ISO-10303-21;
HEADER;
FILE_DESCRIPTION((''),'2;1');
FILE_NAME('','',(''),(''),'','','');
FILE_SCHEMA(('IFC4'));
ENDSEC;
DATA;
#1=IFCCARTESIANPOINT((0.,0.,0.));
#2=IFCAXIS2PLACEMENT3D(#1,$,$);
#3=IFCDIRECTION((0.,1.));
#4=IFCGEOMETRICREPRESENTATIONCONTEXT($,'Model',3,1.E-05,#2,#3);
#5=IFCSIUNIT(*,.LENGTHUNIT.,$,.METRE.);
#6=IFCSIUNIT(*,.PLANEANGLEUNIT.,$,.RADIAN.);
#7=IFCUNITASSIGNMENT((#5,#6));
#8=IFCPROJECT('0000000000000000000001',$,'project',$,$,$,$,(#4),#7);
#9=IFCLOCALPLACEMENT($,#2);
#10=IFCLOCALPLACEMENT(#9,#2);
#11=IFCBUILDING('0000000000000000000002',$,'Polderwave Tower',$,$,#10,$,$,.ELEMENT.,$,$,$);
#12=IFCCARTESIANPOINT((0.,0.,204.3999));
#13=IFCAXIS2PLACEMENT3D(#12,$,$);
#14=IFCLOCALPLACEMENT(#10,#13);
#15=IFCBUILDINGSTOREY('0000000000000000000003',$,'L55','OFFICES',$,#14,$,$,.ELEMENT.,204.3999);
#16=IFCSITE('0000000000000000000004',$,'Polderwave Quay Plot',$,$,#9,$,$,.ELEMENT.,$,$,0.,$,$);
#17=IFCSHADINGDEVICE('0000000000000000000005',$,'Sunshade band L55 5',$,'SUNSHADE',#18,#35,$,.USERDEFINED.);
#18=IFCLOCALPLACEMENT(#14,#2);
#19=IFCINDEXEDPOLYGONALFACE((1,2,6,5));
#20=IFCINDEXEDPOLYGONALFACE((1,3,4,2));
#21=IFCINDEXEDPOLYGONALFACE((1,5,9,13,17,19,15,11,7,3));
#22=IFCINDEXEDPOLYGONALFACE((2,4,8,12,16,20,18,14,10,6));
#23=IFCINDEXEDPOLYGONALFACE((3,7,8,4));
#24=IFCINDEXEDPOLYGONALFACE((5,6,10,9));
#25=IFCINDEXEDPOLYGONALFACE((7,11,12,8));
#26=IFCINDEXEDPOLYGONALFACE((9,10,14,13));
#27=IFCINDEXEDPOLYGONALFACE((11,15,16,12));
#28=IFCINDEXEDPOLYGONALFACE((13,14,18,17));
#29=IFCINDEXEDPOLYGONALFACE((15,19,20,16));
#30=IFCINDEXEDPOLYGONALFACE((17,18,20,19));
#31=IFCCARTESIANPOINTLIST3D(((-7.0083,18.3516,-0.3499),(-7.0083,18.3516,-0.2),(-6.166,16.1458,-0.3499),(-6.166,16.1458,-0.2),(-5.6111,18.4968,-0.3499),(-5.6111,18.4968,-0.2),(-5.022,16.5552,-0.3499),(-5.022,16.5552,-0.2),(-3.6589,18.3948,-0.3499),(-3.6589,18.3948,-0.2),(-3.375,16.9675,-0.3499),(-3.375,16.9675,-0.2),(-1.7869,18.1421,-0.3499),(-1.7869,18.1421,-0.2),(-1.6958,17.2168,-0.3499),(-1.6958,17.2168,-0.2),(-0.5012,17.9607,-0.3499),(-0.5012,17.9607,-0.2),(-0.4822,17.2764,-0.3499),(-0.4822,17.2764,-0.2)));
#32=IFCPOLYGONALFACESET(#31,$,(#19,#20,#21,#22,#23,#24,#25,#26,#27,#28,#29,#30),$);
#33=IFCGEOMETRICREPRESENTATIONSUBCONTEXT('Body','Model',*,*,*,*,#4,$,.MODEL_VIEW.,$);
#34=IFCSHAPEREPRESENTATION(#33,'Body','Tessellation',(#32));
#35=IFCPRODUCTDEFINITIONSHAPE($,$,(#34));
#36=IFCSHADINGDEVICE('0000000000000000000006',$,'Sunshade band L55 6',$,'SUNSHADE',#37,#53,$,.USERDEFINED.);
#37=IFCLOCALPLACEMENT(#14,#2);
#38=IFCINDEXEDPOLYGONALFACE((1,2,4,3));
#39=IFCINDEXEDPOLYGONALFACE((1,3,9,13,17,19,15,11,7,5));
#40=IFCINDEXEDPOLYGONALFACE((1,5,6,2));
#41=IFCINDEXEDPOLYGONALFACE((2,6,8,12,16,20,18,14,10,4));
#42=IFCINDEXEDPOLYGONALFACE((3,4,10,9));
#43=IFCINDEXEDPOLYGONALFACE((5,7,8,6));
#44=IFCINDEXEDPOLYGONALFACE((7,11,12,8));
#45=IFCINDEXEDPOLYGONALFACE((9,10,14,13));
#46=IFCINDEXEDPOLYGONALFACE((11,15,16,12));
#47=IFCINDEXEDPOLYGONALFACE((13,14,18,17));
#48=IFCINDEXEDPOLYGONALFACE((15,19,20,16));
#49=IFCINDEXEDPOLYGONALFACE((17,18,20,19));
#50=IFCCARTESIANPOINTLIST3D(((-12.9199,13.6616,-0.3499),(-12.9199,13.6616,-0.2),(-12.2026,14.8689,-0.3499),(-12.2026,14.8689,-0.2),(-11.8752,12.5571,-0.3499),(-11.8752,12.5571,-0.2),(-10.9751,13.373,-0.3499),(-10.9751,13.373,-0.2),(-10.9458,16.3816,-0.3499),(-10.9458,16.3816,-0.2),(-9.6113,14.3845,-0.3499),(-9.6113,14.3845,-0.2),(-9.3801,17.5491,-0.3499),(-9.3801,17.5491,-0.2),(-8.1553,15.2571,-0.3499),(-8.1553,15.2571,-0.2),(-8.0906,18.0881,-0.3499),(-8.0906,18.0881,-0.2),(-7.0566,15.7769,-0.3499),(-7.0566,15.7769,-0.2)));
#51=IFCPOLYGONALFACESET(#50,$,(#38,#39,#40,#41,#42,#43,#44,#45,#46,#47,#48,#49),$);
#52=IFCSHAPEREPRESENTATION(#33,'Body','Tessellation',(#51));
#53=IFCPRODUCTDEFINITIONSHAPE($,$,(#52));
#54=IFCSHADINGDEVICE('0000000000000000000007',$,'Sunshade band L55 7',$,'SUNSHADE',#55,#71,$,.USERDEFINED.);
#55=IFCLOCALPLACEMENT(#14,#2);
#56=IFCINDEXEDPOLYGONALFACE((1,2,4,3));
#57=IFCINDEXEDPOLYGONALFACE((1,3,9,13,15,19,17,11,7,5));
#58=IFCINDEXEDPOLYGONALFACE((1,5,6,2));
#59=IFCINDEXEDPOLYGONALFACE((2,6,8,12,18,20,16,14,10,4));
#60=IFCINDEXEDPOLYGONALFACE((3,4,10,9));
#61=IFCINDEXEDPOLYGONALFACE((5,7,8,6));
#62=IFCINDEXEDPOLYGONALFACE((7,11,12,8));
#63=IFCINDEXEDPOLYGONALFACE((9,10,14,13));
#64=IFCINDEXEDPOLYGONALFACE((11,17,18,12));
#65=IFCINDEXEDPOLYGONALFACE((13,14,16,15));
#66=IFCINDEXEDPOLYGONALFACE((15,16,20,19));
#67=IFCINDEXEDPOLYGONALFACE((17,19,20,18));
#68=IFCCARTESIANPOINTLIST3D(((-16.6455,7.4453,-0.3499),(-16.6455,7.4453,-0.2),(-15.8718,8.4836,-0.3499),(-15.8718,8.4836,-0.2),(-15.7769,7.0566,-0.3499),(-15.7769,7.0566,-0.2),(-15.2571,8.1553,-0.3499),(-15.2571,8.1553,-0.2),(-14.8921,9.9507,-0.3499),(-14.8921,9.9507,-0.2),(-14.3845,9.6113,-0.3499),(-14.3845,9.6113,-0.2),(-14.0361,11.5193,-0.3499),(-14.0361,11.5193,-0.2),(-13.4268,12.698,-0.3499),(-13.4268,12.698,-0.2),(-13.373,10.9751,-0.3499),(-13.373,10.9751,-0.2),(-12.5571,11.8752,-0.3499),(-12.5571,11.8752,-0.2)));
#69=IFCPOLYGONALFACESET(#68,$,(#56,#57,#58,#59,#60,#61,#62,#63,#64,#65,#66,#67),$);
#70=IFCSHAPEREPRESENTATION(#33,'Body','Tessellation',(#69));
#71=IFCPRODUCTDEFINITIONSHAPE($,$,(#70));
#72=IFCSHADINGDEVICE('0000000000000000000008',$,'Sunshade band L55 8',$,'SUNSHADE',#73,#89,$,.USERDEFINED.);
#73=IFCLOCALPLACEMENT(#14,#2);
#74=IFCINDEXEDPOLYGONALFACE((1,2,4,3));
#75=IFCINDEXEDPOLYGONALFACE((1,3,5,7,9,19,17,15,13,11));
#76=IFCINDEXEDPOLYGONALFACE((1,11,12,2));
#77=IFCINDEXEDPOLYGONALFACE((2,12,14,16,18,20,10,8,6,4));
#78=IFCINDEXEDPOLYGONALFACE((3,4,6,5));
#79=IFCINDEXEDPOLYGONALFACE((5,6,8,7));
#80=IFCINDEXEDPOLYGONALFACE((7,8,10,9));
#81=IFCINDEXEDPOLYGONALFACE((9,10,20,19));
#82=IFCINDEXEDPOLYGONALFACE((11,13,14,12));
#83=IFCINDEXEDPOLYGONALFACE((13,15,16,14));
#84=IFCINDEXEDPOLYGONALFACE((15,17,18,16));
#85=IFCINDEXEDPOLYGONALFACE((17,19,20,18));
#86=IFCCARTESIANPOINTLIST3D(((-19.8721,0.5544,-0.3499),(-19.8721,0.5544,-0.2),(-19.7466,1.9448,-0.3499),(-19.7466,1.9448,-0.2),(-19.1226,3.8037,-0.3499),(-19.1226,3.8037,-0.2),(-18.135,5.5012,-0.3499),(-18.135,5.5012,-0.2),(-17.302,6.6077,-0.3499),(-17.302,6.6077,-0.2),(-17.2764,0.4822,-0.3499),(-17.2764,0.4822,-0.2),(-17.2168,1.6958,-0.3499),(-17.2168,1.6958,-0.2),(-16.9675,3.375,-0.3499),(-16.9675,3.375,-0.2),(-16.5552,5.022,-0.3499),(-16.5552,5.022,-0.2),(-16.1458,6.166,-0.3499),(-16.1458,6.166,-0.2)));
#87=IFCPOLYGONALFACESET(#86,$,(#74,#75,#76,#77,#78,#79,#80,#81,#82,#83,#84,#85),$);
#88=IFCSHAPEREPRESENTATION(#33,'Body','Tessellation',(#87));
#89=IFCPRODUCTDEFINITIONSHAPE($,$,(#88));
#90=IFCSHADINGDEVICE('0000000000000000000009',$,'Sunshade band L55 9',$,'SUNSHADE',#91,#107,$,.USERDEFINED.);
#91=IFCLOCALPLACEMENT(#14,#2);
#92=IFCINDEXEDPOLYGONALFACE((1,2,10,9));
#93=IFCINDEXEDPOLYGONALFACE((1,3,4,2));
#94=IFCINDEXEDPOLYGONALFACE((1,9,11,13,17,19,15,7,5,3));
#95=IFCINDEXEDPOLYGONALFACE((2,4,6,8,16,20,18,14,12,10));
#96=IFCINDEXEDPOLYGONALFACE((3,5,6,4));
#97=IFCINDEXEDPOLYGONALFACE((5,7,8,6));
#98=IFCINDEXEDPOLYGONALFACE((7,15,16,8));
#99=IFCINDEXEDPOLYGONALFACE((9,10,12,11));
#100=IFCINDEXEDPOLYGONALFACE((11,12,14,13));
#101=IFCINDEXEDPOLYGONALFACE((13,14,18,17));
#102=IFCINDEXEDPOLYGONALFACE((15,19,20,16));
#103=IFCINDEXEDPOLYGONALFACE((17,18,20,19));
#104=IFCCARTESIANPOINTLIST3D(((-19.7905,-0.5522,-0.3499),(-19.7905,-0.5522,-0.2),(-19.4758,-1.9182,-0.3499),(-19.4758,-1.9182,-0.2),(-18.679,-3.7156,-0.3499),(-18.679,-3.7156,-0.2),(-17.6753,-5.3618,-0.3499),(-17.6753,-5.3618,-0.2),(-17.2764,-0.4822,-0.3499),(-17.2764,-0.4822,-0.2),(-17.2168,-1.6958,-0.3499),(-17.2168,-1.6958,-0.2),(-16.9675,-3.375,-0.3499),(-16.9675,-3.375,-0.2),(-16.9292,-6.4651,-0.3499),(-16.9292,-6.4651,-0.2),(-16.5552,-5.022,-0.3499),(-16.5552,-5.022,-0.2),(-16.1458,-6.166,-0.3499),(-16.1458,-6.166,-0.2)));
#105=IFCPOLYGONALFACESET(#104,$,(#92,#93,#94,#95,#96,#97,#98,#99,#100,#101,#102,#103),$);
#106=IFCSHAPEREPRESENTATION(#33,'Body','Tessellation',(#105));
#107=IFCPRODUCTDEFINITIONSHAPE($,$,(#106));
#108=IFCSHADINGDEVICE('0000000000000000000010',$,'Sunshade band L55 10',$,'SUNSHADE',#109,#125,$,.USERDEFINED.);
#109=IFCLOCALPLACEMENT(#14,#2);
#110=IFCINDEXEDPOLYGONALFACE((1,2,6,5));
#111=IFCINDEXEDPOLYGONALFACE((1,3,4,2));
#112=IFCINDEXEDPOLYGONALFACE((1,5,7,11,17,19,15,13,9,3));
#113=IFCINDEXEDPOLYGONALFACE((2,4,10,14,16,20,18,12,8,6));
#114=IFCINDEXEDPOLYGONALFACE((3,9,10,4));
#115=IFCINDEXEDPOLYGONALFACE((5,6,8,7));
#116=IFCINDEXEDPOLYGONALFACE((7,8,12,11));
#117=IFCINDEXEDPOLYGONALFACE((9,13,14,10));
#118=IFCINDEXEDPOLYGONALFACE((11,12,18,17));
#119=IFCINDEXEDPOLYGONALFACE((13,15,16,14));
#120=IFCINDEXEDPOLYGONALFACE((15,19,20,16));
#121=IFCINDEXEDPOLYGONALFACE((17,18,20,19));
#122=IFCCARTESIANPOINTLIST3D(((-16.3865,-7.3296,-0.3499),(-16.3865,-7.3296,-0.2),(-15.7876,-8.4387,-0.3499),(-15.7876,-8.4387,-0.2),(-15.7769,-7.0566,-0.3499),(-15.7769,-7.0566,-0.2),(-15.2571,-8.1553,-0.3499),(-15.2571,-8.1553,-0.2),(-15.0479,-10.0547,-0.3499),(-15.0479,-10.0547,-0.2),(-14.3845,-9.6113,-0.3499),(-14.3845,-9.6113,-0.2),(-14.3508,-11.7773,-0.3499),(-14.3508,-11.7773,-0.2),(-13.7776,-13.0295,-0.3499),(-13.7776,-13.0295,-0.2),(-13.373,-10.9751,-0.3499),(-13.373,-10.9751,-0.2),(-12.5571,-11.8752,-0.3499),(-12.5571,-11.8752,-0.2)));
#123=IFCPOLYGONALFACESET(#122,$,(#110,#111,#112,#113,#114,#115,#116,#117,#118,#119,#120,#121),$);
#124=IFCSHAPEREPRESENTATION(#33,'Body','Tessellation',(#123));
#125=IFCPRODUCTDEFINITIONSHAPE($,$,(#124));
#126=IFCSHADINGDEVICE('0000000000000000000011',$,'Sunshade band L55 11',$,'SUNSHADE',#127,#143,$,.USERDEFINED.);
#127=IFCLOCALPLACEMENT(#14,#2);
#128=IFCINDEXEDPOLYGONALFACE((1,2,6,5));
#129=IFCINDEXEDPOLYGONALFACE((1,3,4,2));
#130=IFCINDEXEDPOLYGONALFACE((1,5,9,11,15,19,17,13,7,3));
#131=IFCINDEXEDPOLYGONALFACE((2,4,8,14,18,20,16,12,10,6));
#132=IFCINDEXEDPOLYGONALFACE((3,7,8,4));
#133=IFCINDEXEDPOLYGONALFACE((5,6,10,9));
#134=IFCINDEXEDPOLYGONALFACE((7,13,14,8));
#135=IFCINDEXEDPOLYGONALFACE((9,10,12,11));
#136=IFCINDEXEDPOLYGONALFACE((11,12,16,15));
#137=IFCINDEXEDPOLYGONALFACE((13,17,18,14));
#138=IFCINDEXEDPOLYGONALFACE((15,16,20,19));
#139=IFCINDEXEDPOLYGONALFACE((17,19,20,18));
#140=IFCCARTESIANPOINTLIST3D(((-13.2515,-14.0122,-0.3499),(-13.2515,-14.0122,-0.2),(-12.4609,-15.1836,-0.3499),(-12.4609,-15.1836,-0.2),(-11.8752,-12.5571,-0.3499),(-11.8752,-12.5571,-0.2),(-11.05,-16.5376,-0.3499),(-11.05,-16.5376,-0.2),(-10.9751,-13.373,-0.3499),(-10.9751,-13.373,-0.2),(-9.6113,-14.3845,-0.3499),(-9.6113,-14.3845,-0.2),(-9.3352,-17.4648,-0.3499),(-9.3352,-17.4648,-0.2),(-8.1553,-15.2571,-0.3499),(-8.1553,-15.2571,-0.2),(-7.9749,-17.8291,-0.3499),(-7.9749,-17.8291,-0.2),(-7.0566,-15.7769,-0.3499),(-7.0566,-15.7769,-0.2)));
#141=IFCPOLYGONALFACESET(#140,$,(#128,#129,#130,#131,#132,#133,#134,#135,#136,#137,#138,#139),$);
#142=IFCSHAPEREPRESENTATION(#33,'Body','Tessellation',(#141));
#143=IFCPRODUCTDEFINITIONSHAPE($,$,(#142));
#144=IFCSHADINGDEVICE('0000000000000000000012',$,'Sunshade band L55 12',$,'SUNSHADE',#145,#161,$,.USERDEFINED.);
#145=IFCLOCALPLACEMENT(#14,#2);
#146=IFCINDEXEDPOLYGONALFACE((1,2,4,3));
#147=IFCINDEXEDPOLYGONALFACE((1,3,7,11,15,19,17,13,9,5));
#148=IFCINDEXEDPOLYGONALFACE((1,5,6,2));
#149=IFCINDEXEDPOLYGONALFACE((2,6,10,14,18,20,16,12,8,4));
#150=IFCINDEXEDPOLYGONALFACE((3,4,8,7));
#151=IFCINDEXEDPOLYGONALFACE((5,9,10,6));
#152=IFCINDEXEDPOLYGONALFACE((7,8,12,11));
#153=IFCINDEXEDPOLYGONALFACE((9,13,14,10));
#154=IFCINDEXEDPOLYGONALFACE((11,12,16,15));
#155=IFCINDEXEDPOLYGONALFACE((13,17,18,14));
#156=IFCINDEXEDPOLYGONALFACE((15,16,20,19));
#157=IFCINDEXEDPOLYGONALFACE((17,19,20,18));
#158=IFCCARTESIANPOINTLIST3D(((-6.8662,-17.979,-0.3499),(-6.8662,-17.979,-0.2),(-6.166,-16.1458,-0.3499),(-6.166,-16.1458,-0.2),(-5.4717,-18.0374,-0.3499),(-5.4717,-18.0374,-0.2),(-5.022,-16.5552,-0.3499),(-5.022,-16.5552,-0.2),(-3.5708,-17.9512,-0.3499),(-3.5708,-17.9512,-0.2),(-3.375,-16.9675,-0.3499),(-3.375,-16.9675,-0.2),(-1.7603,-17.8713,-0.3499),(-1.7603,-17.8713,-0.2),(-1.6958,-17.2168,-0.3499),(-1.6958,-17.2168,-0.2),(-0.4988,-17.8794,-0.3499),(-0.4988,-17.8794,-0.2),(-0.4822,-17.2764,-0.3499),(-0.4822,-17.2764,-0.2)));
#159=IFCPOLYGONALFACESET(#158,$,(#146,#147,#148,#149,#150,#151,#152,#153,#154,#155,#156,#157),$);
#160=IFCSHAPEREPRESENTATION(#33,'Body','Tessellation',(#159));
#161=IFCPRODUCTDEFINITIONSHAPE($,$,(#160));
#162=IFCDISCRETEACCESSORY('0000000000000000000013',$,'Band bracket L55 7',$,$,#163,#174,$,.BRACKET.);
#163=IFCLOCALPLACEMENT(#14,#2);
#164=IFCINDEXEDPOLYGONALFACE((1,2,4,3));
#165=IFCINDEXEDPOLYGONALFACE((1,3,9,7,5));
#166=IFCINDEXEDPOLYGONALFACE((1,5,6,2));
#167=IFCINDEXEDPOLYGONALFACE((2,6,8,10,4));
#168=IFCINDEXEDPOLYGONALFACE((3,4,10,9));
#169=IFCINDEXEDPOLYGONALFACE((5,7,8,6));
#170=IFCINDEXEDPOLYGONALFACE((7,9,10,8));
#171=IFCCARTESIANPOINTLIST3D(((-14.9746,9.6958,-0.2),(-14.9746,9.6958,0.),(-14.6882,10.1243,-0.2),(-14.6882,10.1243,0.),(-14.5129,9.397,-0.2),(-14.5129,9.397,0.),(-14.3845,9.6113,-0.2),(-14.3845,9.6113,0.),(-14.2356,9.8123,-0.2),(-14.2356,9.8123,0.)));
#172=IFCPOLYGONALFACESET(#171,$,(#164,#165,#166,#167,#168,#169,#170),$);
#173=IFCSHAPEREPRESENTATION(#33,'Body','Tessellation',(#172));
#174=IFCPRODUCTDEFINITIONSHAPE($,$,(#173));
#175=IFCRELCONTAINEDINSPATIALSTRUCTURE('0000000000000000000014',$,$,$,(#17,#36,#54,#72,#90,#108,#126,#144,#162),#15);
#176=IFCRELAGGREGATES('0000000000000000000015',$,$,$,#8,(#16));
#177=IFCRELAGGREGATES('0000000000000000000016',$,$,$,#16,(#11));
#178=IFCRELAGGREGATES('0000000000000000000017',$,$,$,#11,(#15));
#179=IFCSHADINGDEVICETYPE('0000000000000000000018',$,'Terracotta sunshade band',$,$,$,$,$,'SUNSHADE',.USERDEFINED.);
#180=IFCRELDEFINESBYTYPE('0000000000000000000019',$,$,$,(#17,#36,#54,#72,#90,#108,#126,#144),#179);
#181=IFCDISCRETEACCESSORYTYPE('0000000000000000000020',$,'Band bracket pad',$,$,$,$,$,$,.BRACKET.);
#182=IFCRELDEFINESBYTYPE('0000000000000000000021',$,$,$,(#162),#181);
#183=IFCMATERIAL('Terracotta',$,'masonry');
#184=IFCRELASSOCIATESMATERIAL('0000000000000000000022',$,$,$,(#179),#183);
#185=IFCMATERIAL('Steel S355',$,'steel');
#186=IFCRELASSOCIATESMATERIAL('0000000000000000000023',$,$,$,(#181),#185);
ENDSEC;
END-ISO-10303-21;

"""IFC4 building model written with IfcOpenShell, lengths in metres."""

from ifc_helpers import new_model, si_unit, direction, frame, origin, place, context, subcontext, project, spatial, polyline, outline, extrude, material, type_object, element, save


model = new_model("IFC4")

# Units and contexts
model_context = context("Model", 3, precision=1e-05, world=origin(), true_north=direction((0.0, 1.0)))
body_context = subcontext(model_context, "Body", "Model", "MODEL_VIEW")
ifc_project = project(units=[si_unit("LENGTHUNIT", "METRE"), si_unit("PLANEANGLEUNIT", "RADIAN")], contexts=[model_context])

# Site, building, storey
site_placement = place(None, origin())
site = spatial("IfcSite", under=ifc_project, at=site_placement, Name="Polderwave Quay Plot", CompositionType="ELEMENT", RefElevation=0.0)
building_placement = place(site_placement, origin())
building = spatial("IfcBuilding", under=site, at=building_placement, Name="Polderwave Tower", CompositionType="ELEMENT")
storey_placement = place(building_placement, frame((0.0, 0.0, 204.3999)))
storey = spatial("IfcBuildingStorey", under=building, at=storey_placement, Name="L55", Description="OFFICES", CompositionType="ELEMENT", Elevation=204.3999)

# Shading devices
ifc_material_1 = material(Name="Terracotta", Category="masonry")
shading_device_type = type_object("IfcShadingDeviceType", Name="Terracotta sunshade band", ElementType="SUNSHADE", PredefinedType="USERDEFINED", material=ifc_material_1)
shading_device_1_placement = place(storey_placement, frame((0.0, 0.0, -0.3499)))
element("IfcShadingDevice", 1, at=shading_device_1_placement, inside=storey, type_object=shading_device_type, Name="Sunshade band L55 5", ObjectType="SUNSHADE", PredefinedType="USERDEFINED", context=body_context, shape_type="SweptSolid", body=[
    extrude(outline(polyline([(-0.4822, 17.2764), (-1.6958, 17.2168), (-3.375, 16.9675), (-5.022, 16.5552), (-6.166, 16.1458), (-7.0083, 18.3516), (-5.6111, 18.4968), (-3.6589, 18.3948), (-1.7869, 18.1421), (-0.5012, 17.9607), (-0.4822, 17.2764)])), origin(), (0.0, 0.0, 1.0), 0.1499),
])
shading_device_2_placement = place(storey_placement, frame((0.0, 0.0, -0.3499)))
element("IfcShadingDevice", 2, at=shading_device_2_placement, inside=storey, type_object=shading_device_type, Name="Sunshade band L55 6", ObjectType="SUNSHADE", PredefinedType="USERDEFINED", context=body_context, shape_type="SweptSolid", body=[
    extrude(outline(polyline([(-7.0566, 15.7769), (-8.1553, 15.2571), (-9.6113, 14.3845), (-10.9751, 13.373), (-11.8752, 12.5571), (-12.9199, 13.6616), (-12.2026, 14.8689), (-10.9458, 16.3816), (-9.3801, 17.5491), (-8.0906, 18.0881), (-7.0566, 15.7769)])), origin(), (0.0, 0.0, 1.0), 0.1499),
])
shading_device_3_placement = place(storey_placement, frame((0.0, 0.0, -0.3499)))
element("IfcShadingDevice", 3, at=shading_device_3_placement, inside=storey, type_object=shading_device_type, Name="Sunshade band L55 7", ObjectType="SUNSHADE", PredefinedType="USERDEFINED", context=body_context, shape_type="SweptSolid", body=[
    extrude(outline(polyline([(-12.5571, 11.8752), (-13.373, 10.9751), (-14.3845, 9.6113), (-15.2571, 8.1553), (-15.7769, 7.0566), (-16.6455, 7.4453), (-15.8718, 8.4836), (-14.8921, 9.9507), (-14.0361, 11.5193), (-13.4268, 12.698), (-12.5571, 11.8752)])), origin(), (0.0, 0.0, 1.0), 0.1499),
])
shading_device_4_placement = place(storey_placement, frame((0.0, 0.0, -0.3499)))
element("IfcShadingDevice", 4, at=shading_device_4_placement, inside=storey, type_object=shading_device_type, Name="Sunshade band L55 8", ObjectType="SUNSHADE", PredefinedType="USERDEFINED", context=body_context, shape_type="SweptSolid", body=[
    extrude(outline(polyline([(-16.1458, 6.166), (-16.5552, 5.022), (-16.9675, 3.375), (-17.2168, 1.6958), (-17.2764, 0.4822), (-19.8721, 0.5544), (-19.7466, 1.9448), (-19.1226, 3.8037), (-18.135, 5.5012), (-17.302, 6.6077), (-16.1458, 6.166)])), origin(), (0.0, 0.0, 1.0), 0.1499),
])
shading_device_5_placement = place(storey_placement, frame((0.0, 0.0, -0.3499)))
element("IfcShadingDevice", 5, at=shading_device_5_placement, inside=storey, type_object=shading_device_type, Name="Sunshade band L55 9", ObjectType="SUNSHADE", PredefinedType="USERDEFINED", context=body_context, shape_type="SweptSolid", body=[
    extrude(outline(polyline([(-17.2764, -0.4822), (-17.2168, -1.6958), (-16.9675, -3.375), (-16.5552, -5.022), (-16.1458, -6.166), (-16.9292, -6.4651), (-17.6753, -5.3618), (-18.679, -3.7156), (-19.4758, -1.9182), (-19.7905, -0.5522), (-17.2764, -0.4822)])), origin(), (0.0, 0.0, 1.0), 0.1499),
])
shading_device_6_placement = place(storey_placement, frame((0.0, 0.0, -0.3499)))
element("IfcShadingDevice", 6, at=shading_device_6_placement, inside=storey, type_object=shading_device_type, Name="Sunshade band L55 10", ObjectType="SUNSHADE", PredefinedType="USERDEFINED", context=body_context, shape_type="SweptSolid", body=[
    extrude(outline(polyline([(-15.7769, -7.0566), (-15.2571, -8.1553), (-14.3845, -9.6113), (-13.373, -10.9751), (-12.5571, -11.8752), (-13.7776, -13.0295), (-14.3508, -11.7773), (-15.0479, -10.0547), (-15.7876, -8.4387), (-16.3865, -7.3296), (-15.7769, -7.0566)])), origin(), (0.0, 0.0, 1.0), 0.1499),
])
shading_device_7_placement = place(storey_placement, frame((0.0, 0.0, -0.3499)))
element("IfcShadingDevice", 7, at=shading_device_7_placement, inside=storey, type_object=shading_device_type, Name="Sunshade band L55 11", ObjectType="SUNSHADE", PredefinedType="USERDEFINED", context=body_context, shape_type="SweptSolid", body=[
    extrude(outline(polyline([(-11.8752, -12.5571), (-10.9751, -13.373), (-9.6113, -14.3845), (-8.1553, -15.2571), (-7.0566, -15.7769), (-7.9749, -17.8291), (-9.3352, -17.4648), (-11.05, -16.5376), (-12.4609, -15.1836), (-13.2515, -14.0122), (-11.8752, -12.5571)])), origin(), (0.0, 0.0, 1.0), 0.1499),
])
shading_device_8_placement = place(storey_placement, frame((0.0, 0.0, -0.3499)))
element("IfcShadingDevice", 8, at=shading_device_8_placement, inside=storey, type_object=shading_device_type, Name="Sunshade band L55 12", ObjectType="SUNSHADE", PredefinedType="USERDEFINED", context=body_context, shape_type="SweptSolid", body=[
    extrude(outline(polyline([(-6.166, -16.1458), (-5.022, -16.5552), (-3.375, -16.9675), (-1.6958, -17.2168), (-0.4822, -17.2764), (-0.4988, -17.8794), (-1.7603, -17.8713), (-3.5708, -17.9512), (-5.4717, -18.0374), (-6.8662, -17.979), (-6.166, -16.1458)])), origin(), (0.0, 0.0, 1.0), 0.1499),
])

# Discrete accessory
ifc_material_2 = material(Name="Steel S355", Category="steel")
discrete_accessory_type = type_object("IfcDiscreteAccessoryType", Name="Band bracket pad", PredefinedType="BRACKET", material=ifc_material_2)
discrete_accessory_placement = place(storey_placement, frame((0.0, 0.0, -0.2)))
element("IfcDiscreteAccessory", 9, at=discrete_accessory_placement, inside=storey, type_object=discrete_accessory_type, Name="Band bracket L55 7", PredefinedType="BRACKET", context=body_context, shape_type="SweptSolid", body=[
    extrude(outline(polyline([(-14.2356, 9.8123), (-14.3845, 9.6113), (-14.5129, 9.397), (-14.9746, 9.6958), (-14.6882, 10.1243), (-14.2356, 9.8123)])), origin(), (0.0, 0.0, 1.0), 0.2),
])

save(model, "model.ifc")
